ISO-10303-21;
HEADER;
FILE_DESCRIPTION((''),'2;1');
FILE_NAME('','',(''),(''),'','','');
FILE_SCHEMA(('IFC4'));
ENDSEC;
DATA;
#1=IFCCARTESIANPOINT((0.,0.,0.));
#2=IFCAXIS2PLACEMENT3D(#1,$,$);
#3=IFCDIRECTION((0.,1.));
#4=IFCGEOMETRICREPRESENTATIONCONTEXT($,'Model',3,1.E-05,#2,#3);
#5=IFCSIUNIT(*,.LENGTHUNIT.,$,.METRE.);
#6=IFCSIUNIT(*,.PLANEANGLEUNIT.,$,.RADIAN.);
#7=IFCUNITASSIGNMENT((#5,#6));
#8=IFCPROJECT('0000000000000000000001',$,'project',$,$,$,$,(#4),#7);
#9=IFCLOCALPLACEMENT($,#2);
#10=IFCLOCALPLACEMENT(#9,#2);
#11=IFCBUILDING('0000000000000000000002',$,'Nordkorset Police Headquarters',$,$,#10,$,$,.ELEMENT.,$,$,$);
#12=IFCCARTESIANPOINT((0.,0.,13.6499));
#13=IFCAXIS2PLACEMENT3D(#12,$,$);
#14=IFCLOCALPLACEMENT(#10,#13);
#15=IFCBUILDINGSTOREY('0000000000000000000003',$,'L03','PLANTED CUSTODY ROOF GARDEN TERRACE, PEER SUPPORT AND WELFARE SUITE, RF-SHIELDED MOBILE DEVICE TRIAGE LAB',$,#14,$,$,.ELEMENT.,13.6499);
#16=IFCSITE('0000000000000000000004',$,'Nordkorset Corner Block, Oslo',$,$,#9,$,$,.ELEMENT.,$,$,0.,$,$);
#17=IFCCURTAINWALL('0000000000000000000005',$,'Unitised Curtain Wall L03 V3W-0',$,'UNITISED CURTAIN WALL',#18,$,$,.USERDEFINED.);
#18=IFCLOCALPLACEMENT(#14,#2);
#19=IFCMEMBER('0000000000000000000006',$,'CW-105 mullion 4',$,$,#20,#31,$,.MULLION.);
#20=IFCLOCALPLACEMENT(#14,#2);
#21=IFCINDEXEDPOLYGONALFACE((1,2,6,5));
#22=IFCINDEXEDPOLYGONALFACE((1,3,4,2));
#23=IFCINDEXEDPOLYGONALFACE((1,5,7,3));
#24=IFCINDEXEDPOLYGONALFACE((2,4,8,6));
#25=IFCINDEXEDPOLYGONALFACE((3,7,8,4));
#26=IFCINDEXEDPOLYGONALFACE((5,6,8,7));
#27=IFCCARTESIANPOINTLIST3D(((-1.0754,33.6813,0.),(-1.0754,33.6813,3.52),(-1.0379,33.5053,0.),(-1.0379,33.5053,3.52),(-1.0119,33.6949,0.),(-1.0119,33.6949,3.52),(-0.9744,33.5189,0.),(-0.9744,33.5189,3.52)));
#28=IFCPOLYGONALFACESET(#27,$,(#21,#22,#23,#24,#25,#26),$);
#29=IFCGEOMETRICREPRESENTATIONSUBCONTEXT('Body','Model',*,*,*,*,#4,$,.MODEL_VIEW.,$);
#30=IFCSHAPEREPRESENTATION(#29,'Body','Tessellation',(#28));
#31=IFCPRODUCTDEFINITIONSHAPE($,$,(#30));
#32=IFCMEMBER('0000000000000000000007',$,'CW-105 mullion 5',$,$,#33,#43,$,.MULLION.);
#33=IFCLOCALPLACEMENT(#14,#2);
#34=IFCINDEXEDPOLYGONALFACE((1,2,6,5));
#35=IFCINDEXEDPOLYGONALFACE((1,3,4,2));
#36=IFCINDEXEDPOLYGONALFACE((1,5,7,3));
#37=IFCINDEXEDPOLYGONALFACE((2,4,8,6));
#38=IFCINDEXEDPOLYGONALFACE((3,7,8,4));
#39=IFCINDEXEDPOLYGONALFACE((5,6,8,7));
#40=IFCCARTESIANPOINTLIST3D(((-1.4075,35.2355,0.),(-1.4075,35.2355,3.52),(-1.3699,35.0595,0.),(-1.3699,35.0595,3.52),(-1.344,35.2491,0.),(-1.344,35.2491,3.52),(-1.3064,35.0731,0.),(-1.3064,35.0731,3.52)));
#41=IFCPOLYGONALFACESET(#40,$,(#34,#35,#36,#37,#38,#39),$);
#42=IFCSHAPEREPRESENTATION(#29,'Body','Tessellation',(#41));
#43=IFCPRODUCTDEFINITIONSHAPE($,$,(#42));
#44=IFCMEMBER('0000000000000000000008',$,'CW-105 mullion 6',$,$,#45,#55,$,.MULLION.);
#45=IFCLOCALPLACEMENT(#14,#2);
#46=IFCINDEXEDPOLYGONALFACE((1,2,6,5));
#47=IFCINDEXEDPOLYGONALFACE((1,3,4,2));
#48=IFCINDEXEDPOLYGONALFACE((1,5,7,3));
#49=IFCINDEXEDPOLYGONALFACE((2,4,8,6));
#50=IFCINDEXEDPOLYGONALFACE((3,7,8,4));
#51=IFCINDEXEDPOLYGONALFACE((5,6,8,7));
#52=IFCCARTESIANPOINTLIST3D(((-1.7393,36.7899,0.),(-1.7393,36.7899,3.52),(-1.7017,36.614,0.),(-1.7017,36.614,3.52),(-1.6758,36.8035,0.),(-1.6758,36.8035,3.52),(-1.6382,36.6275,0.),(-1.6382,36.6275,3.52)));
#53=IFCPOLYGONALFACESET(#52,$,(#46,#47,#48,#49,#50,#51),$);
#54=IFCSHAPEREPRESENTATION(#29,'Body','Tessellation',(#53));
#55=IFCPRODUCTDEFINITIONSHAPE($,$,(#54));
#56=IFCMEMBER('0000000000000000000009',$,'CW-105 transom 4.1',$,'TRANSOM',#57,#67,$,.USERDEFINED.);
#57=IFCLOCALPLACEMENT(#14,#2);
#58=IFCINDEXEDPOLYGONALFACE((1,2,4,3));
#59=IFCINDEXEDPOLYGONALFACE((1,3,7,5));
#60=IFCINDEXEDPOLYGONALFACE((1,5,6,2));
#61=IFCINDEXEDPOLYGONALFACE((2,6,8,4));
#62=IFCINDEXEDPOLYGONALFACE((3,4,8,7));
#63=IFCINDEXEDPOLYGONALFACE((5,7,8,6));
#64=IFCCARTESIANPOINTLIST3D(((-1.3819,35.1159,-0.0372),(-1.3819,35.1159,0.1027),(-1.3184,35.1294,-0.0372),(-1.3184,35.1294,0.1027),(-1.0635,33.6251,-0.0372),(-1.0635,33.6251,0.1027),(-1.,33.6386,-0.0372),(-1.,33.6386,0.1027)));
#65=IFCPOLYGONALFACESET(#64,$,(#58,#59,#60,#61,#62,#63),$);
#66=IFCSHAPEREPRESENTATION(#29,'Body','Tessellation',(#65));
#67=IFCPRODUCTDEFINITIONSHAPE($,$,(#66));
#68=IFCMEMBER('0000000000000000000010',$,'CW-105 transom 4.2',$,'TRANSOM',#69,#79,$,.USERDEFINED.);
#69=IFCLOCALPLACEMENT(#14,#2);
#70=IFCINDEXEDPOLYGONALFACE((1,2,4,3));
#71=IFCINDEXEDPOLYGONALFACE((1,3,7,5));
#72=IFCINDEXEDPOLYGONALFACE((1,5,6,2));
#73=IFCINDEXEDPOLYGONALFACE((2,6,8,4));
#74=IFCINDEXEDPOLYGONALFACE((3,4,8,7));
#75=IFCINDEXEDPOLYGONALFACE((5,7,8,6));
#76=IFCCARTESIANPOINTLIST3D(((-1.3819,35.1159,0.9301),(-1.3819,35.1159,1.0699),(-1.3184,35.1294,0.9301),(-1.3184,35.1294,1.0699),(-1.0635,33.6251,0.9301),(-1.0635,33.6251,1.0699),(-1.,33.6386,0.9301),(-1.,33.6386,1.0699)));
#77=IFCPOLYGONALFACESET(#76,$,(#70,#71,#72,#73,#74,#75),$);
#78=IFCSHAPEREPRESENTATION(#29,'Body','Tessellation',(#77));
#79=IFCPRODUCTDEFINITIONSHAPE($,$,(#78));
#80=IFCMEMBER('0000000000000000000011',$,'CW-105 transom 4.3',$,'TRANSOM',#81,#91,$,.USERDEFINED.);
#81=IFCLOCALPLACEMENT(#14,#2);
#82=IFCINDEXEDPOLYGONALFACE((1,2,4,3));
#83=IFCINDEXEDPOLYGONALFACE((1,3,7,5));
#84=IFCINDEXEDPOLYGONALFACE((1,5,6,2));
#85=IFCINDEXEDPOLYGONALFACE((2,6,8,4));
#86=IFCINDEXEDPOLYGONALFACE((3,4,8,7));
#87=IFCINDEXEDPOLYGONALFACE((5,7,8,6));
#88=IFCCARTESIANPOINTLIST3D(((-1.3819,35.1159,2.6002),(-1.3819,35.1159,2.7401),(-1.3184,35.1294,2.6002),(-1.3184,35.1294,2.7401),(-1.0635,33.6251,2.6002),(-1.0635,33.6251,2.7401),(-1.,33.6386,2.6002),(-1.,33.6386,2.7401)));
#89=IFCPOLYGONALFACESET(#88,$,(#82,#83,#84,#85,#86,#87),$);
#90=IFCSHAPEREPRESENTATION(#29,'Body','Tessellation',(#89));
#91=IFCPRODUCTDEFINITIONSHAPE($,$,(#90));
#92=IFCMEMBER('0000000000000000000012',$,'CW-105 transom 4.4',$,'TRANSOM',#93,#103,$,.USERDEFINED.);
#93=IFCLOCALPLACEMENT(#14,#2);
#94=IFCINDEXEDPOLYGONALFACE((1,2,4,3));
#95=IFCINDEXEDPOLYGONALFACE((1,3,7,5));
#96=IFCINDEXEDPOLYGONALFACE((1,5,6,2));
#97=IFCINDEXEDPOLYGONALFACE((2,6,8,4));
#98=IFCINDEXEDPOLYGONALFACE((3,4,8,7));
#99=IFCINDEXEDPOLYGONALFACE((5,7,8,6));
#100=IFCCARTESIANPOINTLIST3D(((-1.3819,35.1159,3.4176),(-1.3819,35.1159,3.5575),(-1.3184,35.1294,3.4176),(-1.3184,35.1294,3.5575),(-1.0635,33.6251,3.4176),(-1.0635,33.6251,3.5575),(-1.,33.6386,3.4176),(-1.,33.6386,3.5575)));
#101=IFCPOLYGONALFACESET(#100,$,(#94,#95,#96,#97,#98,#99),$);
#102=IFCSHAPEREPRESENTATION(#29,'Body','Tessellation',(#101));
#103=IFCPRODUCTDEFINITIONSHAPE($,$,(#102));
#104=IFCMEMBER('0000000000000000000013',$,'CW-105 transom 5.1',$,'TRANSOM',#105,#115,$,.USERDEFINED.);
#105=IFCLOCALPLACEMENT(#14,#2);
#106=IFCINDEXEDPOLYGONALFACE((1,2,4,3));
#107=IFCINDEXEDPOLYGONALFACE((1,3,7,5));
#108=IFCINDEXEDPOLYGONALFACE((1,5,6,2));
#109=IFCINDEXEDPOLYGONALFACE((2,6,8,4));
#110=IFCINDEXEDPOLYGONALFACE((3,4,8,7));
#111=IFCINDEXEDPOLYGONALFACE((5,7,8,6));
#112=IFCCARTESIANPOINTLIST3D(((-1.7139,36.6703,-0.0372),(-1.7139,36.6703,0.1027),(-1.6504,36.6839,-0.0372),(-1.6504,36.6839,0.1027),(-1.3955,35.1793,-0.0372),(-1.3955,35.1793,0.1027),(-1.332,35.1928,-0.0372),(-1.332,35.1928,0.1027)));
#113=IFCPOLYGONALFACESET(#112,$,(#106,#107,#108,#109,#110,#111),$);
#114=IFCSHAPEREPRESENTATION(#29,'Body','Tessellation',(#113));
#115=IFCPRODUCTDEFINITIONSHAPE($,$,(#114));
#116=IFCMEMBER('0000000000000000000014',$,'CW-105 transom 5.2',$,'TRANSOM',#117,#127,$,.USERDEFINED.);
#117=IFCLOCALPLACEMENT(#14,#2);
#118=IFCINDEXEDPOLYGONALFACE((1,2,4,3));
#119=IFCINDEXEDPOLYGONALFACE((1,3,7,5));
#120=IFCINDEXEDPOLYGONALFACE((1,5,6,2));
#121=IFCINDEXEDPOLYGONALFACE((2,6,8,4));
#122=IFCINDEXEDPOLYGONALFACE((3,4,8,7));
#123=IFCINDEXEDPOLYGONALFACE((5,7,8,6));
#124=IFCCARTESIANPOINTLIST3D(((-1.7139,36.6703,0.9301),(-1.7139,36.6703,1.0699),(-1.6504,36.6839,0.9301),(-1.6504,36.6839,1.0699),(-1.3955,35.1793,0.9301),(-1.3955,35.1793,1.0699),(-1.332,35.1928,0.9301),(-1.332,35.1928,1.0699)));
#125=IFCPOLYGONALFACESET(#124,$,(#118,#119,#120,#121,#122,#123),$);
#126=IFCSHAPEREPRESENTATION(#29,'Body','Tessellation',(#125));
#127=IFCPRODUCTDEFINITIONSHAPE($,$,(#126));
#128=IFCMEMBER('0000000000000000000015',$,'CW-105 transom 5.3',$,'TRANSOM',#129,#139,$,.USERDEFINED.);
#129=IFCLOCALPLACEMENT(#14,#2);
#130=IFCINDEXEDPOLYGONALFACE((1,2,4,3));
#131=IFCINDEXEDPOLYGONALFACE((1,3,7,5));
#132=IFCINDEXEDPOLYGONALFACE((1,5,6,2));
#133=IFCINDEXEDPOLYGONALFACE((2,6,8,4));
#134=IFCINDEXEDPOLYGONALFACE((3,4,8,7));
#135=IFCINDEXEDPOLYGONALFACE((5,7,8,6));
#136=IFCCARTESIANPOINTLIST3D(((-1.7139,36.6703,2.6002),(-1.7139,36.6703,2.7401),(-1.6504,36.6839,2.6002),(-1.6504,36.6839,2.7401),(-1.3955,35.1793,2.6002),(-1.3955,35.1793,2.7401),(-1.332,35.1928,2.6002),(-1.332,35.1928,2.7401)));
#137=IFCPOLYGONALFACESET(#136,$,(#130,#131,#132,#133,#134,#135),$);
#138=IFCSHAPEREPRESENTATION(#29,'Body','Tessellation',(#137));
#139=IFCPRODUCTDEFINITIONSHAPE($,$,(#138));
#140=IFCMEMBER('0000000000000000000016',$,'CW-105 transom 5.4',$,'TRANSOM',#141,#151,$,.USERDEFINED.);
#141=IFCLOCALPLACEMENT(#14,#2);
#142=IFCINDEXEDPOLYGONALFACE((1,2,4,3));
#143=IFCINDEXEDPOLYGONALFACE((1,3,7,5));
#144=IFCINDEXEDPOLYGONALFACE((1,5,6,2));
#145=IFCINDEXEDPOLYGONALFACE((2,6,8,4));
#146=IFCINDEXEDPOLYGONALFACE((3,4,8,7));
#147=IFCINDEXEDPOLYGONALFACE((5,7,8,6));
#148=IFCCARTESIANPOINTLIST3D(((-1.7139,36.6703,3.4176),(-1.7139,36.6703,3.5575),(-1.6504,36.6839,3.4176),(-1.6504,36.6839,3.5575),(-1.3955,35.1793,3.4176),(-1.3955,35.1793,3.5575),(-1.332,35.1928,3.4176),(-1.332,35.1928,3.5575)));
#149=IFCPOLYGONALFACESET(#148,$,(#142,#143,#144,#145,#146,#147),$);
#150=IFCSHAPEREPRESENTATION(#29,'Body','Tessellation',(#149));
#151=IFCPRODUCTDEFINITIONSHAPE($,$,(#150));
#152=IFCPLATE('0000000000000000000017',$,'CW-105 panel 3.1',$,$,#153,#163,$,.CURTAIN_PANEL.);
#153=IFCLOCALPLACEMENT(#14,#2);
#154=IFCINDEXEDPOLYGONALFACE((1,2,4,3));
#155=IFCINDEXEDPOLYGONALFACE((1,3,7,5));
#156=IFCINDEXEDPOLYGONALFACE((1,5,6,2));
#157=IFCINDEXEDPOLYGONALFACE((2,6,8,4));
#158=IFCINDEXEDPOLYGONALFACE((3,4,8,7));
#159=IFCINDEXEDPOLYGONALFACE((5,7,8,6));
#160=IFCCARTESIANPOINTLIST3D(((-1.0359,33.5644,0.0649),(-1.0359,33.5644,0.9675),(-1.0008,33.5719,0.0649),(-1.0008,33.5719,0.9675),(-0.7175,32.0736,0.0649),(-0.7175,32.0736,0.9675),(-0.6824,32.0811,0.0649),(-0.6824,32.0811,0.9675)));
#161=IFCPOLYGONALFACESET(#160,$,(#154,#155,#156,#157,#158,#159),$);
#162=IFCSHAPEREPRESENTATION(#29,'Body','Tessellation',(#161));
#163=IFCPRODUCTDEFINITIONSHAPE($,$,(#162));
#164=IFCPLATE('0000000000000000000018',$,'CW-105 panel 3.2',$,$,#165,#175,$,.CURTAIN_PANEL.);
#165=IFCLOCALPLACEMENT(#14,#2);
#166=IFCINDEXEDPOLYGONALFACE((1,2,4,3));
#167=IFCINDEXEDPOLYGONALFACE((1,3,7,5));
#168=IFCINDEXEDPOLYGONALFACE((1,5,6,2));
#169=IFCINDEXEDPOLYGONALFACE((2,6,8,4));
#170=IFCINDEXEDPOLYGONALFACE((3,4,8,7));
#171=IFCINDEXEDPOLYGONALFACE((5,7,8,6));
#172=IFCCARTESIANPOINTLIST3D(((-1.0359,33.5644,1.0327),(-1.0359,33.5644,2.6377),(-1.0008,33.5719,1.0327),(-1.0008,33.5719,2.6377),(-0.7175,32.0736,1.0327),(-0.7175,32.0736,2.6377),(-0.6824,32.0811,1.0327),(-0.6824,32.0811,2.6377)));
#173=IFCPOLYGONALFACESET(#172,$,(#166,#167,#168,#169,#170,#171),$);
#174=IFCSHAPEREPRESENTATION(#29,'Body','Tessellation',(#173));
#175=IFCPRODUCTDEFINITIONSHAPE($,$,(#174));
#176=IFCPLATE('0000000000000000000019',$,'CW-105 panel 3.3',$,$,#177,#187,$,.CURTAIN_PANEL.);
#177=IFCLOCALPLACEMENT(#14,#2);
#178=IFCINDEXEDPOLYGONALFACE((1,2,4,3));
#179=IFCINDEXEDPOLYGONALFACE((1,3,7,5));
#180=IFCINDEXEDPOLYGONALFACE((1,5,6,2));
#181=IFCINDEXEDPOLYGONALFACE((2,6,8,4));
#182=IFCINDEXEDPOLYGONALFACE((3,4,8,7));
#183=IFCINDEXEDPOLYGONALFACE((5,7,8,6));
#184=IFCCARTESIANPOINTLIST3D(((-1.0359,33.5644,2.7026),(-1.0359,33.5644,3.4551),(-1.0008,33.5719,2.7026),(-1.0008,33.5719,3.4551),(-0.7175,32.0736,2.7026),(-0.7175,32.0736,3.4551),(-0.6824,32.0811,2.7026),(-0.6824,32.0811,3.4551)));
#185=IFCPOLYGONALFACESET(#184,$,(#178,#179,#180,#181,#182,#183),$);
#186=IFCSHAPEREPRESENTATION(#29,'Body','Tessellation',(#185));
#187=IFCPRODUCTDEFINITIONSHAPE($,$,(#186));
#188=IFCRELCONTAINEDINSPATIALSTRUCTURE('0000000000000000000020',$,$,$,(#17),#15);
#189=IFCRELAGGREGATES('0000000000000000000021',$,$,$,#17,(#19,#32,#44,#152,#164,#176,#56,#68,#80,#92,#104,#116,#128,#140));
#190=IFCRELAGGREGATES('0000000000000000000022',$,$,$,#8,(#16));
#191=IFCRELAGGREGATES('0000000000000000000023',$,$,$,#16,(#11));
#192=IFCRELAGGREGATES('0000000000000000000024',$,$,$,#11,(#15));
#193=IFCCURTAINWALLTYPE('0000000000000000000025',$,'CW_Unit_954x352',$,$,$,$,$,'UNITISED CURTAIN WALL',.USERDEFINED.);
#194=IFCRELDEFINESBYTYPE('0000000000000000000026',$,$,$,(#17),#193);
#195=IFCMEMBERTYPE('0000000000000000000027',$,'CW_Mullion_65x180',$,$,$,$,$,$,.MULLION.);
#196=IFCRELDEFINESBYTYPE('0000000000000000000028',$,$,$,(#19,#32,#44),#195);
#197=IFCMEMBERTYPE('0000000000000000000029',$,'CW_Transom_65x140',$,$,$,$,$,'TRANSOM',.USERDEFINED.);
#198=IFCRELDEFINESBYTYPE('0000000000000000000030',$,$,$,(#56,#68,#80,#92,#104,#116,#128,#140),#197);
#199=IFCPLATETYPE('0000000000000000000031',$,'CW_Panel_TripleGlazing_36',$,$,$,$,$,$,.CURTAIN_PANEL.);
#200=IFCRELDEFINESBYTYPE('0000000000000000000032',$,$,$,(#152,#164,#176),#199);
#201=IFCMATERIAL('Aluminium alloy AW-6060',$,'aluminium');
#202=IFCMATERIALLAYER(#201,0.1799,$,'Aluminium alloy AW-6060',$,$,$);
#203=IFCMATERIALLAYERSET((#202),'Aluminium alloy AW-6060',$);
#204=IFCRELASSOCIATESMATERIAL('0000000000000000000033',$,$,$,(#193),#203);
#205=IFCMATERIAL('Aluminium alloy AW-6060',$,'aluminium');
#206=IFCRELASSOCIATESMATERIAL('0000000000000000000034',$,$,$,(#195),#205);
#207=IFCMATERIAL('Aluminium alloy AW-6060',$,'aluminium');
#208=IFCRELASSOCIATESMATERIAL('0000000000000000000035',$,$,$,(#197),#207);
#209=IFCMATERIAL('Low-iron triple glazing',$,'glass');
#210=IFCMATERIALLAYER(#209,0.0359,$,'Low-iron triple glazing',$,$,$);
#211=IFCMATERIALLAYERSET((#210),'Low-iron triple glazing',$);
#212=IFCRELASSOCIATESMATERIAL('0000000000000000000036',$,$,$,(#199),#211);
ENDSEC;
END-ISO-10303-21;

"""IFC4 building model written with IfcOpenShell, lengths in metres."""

from ifc_helpers import new_model, si_unit, direction, frame, origin, origin_2d, place, context, subcontext, project, spatial, rectangle, extrude, material, layer, layer_set, material_profile, profile_set, type_object, element, aggregate, save


model = new_model("IFC4")

# Units and contexts
model_context = context("Model", 3, precision=1e-05, world=origin(), true_north=direction((0.0, 1.0)))
body_context = subcontext(model_context, "Body", "Model", "MODEL_VIEW")
ifc_project = project(units=[si_unit("LENGTHUNIT", "METRE"), si_unit("PLANEANGLEUNIT", "RADIAN")], contexts=[model_context])

# Site, building, storey
site_placement = place(None, origin())
site = spatial("IfcSite", under=ifc_project, at=site_placement, Name="Nordkorset Corner Block, Oslo", CompositionType="ELEMENT", RefElevation=0.0)
building_placement = place(site_placement, origin())
building = spatial("IfcBuilding", under=site, at=building_placement, Name="Nordkorset Police Headquarters", CompositionType="ELEMENT")
storey_placement = place(building_placement, frame((0.0, 0.0, 13.6499)))
storey = spatial("IfcBuildingStorey", under=building, at=storey_placement, Name="L03", Description="PLANTED CUSTODY ROOF GARDEN TERRACE, PEER SUPPORT AND WELFARE SUITE, RF-SHIELDED MOBILE DEVICE TRIAGE LAB", CompositionType="ELEMENT", Elevation=13.6499)

# Curtain wall, members, plates
ifc_material_1 = material(Name="Aluminium alloy AW-6060", Category="aluminium")
ifc_layer_1 = layer(ifc_material_1, 0.1799, Name="Aluminium alloy AW-6060")
ifc_layer_set_1 = layer_set([ifc_layer_1], Name="Aluminium alloy AW-6060")
curtain_wall_type = type_object("IfcCurtainWallType", Name="CW_Unit_954x352", ElementType="UNITISED CURTAIN WALL", PredefinedType="USERDEFINED", material=ifc_layer_set_1)
curtain_wall_placement = place(storey_placement, origin())
curtain_wall = element("IfcCurtainWall", 1, at=curtain_wall_placement, inside=storey, type_object=curtain_wall_type, Name="Unitised Curtain Wall L03 V3W-0", ObjectType="UNITISED CURTAIN WALL", PredefinedType="USERDEFINED")
ifc_material_2 = material(Name="Aluminium alloy AW-6060", Category="aluminium")
ifc_material_profile_1 = material_profile(ifc_material_2, rectangle(XDim=0.0649, YDim=0.1799, at=origin_2d()), Name="ALU MULL 65x180")
ifc_profile_set_1 = profile_set([ifc_material_profile_1], Name="Aluminium alloy AW-6060")
member_type_1 = type_object("IfcMemberType", Name="CW_Mullion_65x180", PredefinedType="MULLION", material=ifc_profile_set_1)
member_1_placement = place(storey_placement, frame((-1.0249, 33.6001, 0.0), z_axis=(0.0, 0.0, 1.0), x_axis=(-0.977951, -0.208833, 0.0)))
member_1 = element("IfcMember", 2, at=member_1_placement, type_object=member_type_1, Name="CW-105 mullion 4", PredefinedType="MULLION", context=body_context, shape_type="SweptSolid", body=[
    extrude(rectangle(XDim=0.0649, YDim=0.1799, at=origin_2d()), origin(), (0.0, 0.0, 1.0), 3.52),
])
member_2_placement = place(storey_placement, frame((-1.3569, 35.1543, 0.0), z_axis=(0.0, 0.0, 1.0), x_axis=(-0.977951, -0.208833, 0.0)))
member_2 = element("IfcMember", 3, at=member_2_placement, type_object=member_type_1, Name="CW-105 mullion 5", PredefinedType="MULLION", context=body_context, shape_type="SweptSolid", body=[
    extrude(rectangle(XDim=0.0649, YDim=0.1799, at=origin_2d()), origin(), (0.0, 0.0, 1.0), 3.52),
])
member_3_placement = place(storey_placement, frame((-1.6887, 36.7087, 0.0), z_axis=(0.0, 0.0, 1.0), x_axis=(-0.977951, -0.208833, 0.0)))
member_3 = element("IfcMember", 4, at=member_3_placement, type_object=member_type_1, Name="CW-105 mullion 6", PredefinedType="MULLION", context=body_context, shape_type="SweptSolid", body=[
    extrude(rectangle(XDim=0.0649, YDim=0.1799, at=origin_2d()), origin(), (0.0, 0.0, 1.0), 3.52),
])
ifc_material_3 = material(Name="Aluminium alloy AW-6060", Category="aluminium")
ifc_material_profile_2 = material_profile(ifc_material_3, rectangle(XDim=0.0649, YDim=0.1399, at=origin_2d()), Name="ALU TRAN 65x140")
ifc_profile_set_2 = profile_set([ifc_material_profile_2], Name="Aluminium alloy AW-6060")
member_type_2 = type_object("IfcMemberType", Name="CW_Transom_65x140", ElementType="TRANSOM", PredefinedType="USERDEFINED", material=ifc_profile_set_2)
member_4_placement = place(storey_placement, frame((-1.0317, 33.6318, 0.0327), z_axis=(-0.208851, 0.977947, 0.0), x_axis=(-0.977947, -0.208851, 0.0)))
member_4 = element("IfcMember", 5, at=member_4_placement, type_object=member_type_2, Name="CW-105 transom 4.1", ObjectType="TRANSOM", PredefinedType="USERDEFINED", context=body_context, shape_type="SweptSolid", body=[
    extrude(rectangle(XDim=0.0649, YDim=0.1399, at=origin_2d()), origin(), (0.0, 0.0, 1.0), 1.5244),
])
member_5_placement = place(storey_placement, frame((-1.0317, 33.6318, 1.0), z_axis=(-0.208851, 0.977947, 0.0), x_axis=(-0.977947, -0.208851, 0.0)))
member_5 = element("IfcMember", 6, at=member_5_placement, type_object=member_type_2, Name="CW-105 transom 4.2", ObjectType="TRANSOM", PredefinedType="USERDEFINED", context=body_context, shape_type="SweptSolid", body=[
    extrude(rectangle(XDim=0.0649, YDim=0.1399, at=origin_2d()), origin(), (0.0, 0.0, 1.0), 1.5244),
])
member_6_placement = place(storey_placement, frame((-1.0317, 33.6318, 2.6702), z_axis=(-0.208851, 0.977947, 0.0), x_axis=(-0.977947, -0.208851, 0.0)))
member_6 = element("IfcMember", 7, at=member_6_placement, type_object=member_type_2, Name="CW-105 transom 4.3", ObjectType="TRANSOM", PredefinedType="USERDEFINED", context=body_context, shape_type="SweptSolid", body=[
    extrude(rectangle(XDim=0.0649, YDim=0.1399, at=origin_2d()), origin(), (0.0, 0.0, 1.0), 1.5244),
])
member_7_placement = place(storey_placement, frame((-1.0317, 33.6318, 3.4875), z_axis=(-0.208851, 0.977947, 0.0), x_axis=(-0.977947, -0.208851, 0.0)))
member_7 = element("IfcMember", 8, at=member_7_placement, type_object=member_type_2, Name="CW-105 transom 4.4", ObjectType="TRANSOM", PredefinedType="USERDEFINED", context=body_context, shape_type="SweptSolid", body=[
    extrude(rectangle(XDim=0.0649, YDim=0.1399, at=origin_2d()), origin(), (0.0, 0.0, 1.0), 1.5244),
])
member_8_placement = place(storey_placement, frame((-1.3638, 35.186, 0.0327), z_axis=(-0.208818, 0.977954, 0.0), x_axis=(-0.977954, -0.208818, 0.0)))
member_8 = element("IfcMember", 9, at=member_8_placement, type_object=member_type_2, Name="CW-105 transom 5.1", ObjectType="TRANSOM", PredefinedType="USERDEFINED", context=body_context, shape_type="SweptSolid", body=[
    extrude(rectangle(XDim=0.0649, YDim=0.1399, at=origin_2d()), origin(), (0.0, 0.0, 1.0), 1.5247),
])
member_9_placement = place(storey_placement, frame((-1.3638, 35.186, 1.0), z_axis=(-0.208818, 0.977954, 0.0), x_axis=(-0.977954, -0.208818, 0.0)))
member_9 = element("IfcMember", 10, at=member_9_placement, type_object=member_type_2, Name="CW-105 transom 5.2", ObjectType="TRANSOM", PredefinedType="USERDEFINED", context=body_context, shape_type="SweptSolid", body=[
    extrude(rectangle(XDim=0.0649, YDim=0.1399, at=origin_2d()), origin(), (0.0, 0.0, 1.0), 1.5247),
])
member_10_placement = place(storey_placement, frame((-1.3638, 35.186, 2.6702), z_axis=(-0.208818, 0.977954, 0.0), x_axis=(-0.977954, -0.208818, 0.0)))
member_10 = element("IfcMember", 11, at=member_10_placement, type_object=member_type_2, Name="CW-105 transom 5.3", ObjectType="TRANSOM", PredefinedType="USERDEFINED", context=body_context, shape_type="SweptSolid", body=[
    extrude(rectangle(XDim=0.0649, YDim=0.1399, at=origin_2d()), origin(), (0.0, 0.0, 1.0), 1.5247),
])
member_11_placement = place(storey_placement, frame((-1.3638, 35.186, 3.4875), z_axis=(-0.208818, 0.977954, 0.0), x_axis=(-0.977954, -0.208818, 0.0)))
member_11 = element("IfcMember", 12, at=member_11_placement, type_object=member_type_2, Name="CW-105 transom 5.4", ObjectType="TRANSOM", PredefinedType="USERDEFINED", context=body_context, shape_type="SweptSolid", body=[
    extrude(rectangle(XDim=0.0649, YDim=0.1399, at=origin_2d()), origin(), (0.0, 0.0, 1.0), 1.5247),
])
ifc_material_4 = material(Name="Low-iron triple glazing", Category="glass")
ifc_layer_2 = layer(ifc_material_4, 0.0359, Name="Low-iron triple glazing")
ifc_layer_set_2 = layer_set([ifc_layer_2], Name="Low-iron triple glazing")
plate_type = type_object("IfcPlateType", Name="CW_Panel_TripleGlazing_36", PredefinedType="CURTAIN_PANEL", material=ifc_layer_set_2)
plate_1_placement = place(storey_placement, frame((-0.8591, 32.8228, 0.0649), z_axis=(0.0, 0.0, 1.0), x_axis=(-0.208833, 0.977951, 0.0)))
plate_1 = element("IfcPlate", 13, at=plate_1_placement, type_object=plate_type, Name="CW-105 panel 3.1", PredefinedType="CURTAIN_PANEL", context=body_context, shape_type="SweptSolid", body=[
    extrude(rectangle(XDim=1.5244, YDim=0.0359, at=origin_2d()), origin(), (0.0, 0.0, 1.0), 0.9026),
])
plate_2_placement = place(storey_placement, frame((-0.8591, 32.8228, 1.0327), z_axis=(0.0, 0.0, 1.0), x_axis=(-0.208833, 0.977951, 0.0)))
plate_2 = element("IfcPlate", 14, at=plate_2_placement, type_object=plate_type, Name="CW-105 panel 3.2", PredefinedType="CURTAIN_PANEL", context=body_context, shape_type="SweptSolid", body=[
    extrude(rectangle(XDim=1.5244, YDim=0.0359, at=origin_2d()), origin(), (0.0, 0.0, 1.0), 1.605),
])
plate_3_placement = place(storey_placement, frame((-0.8591, 32.8228, 2.7026), z_axis=(0.0, 0.0, 1.0), x_axis=(-0.208833, 0.977951, 0.0)))
plate_3 = element("IfcPlate", 15, at=plate_3_placement, type_object=plate_type, Name="CW-105 panel 3.3", PredefinedType="CURTAIN_PANEL", context=body_context, shape_type="SweptSolid", body=[
    extrude(rectangle(XDim=1.5244, YDim=0.0359, at=origin_2d()), origin(), (0.0, 0.0, 1.0), 0.7524),
])
aggregate(curtain_wall, [member_1, member_2, member_3, plate_1, plate_2, plate_3, member_4, member_5, member_6, member_7, member_8, member_9, member_10, member_11])

save(model, "model.ifc")
